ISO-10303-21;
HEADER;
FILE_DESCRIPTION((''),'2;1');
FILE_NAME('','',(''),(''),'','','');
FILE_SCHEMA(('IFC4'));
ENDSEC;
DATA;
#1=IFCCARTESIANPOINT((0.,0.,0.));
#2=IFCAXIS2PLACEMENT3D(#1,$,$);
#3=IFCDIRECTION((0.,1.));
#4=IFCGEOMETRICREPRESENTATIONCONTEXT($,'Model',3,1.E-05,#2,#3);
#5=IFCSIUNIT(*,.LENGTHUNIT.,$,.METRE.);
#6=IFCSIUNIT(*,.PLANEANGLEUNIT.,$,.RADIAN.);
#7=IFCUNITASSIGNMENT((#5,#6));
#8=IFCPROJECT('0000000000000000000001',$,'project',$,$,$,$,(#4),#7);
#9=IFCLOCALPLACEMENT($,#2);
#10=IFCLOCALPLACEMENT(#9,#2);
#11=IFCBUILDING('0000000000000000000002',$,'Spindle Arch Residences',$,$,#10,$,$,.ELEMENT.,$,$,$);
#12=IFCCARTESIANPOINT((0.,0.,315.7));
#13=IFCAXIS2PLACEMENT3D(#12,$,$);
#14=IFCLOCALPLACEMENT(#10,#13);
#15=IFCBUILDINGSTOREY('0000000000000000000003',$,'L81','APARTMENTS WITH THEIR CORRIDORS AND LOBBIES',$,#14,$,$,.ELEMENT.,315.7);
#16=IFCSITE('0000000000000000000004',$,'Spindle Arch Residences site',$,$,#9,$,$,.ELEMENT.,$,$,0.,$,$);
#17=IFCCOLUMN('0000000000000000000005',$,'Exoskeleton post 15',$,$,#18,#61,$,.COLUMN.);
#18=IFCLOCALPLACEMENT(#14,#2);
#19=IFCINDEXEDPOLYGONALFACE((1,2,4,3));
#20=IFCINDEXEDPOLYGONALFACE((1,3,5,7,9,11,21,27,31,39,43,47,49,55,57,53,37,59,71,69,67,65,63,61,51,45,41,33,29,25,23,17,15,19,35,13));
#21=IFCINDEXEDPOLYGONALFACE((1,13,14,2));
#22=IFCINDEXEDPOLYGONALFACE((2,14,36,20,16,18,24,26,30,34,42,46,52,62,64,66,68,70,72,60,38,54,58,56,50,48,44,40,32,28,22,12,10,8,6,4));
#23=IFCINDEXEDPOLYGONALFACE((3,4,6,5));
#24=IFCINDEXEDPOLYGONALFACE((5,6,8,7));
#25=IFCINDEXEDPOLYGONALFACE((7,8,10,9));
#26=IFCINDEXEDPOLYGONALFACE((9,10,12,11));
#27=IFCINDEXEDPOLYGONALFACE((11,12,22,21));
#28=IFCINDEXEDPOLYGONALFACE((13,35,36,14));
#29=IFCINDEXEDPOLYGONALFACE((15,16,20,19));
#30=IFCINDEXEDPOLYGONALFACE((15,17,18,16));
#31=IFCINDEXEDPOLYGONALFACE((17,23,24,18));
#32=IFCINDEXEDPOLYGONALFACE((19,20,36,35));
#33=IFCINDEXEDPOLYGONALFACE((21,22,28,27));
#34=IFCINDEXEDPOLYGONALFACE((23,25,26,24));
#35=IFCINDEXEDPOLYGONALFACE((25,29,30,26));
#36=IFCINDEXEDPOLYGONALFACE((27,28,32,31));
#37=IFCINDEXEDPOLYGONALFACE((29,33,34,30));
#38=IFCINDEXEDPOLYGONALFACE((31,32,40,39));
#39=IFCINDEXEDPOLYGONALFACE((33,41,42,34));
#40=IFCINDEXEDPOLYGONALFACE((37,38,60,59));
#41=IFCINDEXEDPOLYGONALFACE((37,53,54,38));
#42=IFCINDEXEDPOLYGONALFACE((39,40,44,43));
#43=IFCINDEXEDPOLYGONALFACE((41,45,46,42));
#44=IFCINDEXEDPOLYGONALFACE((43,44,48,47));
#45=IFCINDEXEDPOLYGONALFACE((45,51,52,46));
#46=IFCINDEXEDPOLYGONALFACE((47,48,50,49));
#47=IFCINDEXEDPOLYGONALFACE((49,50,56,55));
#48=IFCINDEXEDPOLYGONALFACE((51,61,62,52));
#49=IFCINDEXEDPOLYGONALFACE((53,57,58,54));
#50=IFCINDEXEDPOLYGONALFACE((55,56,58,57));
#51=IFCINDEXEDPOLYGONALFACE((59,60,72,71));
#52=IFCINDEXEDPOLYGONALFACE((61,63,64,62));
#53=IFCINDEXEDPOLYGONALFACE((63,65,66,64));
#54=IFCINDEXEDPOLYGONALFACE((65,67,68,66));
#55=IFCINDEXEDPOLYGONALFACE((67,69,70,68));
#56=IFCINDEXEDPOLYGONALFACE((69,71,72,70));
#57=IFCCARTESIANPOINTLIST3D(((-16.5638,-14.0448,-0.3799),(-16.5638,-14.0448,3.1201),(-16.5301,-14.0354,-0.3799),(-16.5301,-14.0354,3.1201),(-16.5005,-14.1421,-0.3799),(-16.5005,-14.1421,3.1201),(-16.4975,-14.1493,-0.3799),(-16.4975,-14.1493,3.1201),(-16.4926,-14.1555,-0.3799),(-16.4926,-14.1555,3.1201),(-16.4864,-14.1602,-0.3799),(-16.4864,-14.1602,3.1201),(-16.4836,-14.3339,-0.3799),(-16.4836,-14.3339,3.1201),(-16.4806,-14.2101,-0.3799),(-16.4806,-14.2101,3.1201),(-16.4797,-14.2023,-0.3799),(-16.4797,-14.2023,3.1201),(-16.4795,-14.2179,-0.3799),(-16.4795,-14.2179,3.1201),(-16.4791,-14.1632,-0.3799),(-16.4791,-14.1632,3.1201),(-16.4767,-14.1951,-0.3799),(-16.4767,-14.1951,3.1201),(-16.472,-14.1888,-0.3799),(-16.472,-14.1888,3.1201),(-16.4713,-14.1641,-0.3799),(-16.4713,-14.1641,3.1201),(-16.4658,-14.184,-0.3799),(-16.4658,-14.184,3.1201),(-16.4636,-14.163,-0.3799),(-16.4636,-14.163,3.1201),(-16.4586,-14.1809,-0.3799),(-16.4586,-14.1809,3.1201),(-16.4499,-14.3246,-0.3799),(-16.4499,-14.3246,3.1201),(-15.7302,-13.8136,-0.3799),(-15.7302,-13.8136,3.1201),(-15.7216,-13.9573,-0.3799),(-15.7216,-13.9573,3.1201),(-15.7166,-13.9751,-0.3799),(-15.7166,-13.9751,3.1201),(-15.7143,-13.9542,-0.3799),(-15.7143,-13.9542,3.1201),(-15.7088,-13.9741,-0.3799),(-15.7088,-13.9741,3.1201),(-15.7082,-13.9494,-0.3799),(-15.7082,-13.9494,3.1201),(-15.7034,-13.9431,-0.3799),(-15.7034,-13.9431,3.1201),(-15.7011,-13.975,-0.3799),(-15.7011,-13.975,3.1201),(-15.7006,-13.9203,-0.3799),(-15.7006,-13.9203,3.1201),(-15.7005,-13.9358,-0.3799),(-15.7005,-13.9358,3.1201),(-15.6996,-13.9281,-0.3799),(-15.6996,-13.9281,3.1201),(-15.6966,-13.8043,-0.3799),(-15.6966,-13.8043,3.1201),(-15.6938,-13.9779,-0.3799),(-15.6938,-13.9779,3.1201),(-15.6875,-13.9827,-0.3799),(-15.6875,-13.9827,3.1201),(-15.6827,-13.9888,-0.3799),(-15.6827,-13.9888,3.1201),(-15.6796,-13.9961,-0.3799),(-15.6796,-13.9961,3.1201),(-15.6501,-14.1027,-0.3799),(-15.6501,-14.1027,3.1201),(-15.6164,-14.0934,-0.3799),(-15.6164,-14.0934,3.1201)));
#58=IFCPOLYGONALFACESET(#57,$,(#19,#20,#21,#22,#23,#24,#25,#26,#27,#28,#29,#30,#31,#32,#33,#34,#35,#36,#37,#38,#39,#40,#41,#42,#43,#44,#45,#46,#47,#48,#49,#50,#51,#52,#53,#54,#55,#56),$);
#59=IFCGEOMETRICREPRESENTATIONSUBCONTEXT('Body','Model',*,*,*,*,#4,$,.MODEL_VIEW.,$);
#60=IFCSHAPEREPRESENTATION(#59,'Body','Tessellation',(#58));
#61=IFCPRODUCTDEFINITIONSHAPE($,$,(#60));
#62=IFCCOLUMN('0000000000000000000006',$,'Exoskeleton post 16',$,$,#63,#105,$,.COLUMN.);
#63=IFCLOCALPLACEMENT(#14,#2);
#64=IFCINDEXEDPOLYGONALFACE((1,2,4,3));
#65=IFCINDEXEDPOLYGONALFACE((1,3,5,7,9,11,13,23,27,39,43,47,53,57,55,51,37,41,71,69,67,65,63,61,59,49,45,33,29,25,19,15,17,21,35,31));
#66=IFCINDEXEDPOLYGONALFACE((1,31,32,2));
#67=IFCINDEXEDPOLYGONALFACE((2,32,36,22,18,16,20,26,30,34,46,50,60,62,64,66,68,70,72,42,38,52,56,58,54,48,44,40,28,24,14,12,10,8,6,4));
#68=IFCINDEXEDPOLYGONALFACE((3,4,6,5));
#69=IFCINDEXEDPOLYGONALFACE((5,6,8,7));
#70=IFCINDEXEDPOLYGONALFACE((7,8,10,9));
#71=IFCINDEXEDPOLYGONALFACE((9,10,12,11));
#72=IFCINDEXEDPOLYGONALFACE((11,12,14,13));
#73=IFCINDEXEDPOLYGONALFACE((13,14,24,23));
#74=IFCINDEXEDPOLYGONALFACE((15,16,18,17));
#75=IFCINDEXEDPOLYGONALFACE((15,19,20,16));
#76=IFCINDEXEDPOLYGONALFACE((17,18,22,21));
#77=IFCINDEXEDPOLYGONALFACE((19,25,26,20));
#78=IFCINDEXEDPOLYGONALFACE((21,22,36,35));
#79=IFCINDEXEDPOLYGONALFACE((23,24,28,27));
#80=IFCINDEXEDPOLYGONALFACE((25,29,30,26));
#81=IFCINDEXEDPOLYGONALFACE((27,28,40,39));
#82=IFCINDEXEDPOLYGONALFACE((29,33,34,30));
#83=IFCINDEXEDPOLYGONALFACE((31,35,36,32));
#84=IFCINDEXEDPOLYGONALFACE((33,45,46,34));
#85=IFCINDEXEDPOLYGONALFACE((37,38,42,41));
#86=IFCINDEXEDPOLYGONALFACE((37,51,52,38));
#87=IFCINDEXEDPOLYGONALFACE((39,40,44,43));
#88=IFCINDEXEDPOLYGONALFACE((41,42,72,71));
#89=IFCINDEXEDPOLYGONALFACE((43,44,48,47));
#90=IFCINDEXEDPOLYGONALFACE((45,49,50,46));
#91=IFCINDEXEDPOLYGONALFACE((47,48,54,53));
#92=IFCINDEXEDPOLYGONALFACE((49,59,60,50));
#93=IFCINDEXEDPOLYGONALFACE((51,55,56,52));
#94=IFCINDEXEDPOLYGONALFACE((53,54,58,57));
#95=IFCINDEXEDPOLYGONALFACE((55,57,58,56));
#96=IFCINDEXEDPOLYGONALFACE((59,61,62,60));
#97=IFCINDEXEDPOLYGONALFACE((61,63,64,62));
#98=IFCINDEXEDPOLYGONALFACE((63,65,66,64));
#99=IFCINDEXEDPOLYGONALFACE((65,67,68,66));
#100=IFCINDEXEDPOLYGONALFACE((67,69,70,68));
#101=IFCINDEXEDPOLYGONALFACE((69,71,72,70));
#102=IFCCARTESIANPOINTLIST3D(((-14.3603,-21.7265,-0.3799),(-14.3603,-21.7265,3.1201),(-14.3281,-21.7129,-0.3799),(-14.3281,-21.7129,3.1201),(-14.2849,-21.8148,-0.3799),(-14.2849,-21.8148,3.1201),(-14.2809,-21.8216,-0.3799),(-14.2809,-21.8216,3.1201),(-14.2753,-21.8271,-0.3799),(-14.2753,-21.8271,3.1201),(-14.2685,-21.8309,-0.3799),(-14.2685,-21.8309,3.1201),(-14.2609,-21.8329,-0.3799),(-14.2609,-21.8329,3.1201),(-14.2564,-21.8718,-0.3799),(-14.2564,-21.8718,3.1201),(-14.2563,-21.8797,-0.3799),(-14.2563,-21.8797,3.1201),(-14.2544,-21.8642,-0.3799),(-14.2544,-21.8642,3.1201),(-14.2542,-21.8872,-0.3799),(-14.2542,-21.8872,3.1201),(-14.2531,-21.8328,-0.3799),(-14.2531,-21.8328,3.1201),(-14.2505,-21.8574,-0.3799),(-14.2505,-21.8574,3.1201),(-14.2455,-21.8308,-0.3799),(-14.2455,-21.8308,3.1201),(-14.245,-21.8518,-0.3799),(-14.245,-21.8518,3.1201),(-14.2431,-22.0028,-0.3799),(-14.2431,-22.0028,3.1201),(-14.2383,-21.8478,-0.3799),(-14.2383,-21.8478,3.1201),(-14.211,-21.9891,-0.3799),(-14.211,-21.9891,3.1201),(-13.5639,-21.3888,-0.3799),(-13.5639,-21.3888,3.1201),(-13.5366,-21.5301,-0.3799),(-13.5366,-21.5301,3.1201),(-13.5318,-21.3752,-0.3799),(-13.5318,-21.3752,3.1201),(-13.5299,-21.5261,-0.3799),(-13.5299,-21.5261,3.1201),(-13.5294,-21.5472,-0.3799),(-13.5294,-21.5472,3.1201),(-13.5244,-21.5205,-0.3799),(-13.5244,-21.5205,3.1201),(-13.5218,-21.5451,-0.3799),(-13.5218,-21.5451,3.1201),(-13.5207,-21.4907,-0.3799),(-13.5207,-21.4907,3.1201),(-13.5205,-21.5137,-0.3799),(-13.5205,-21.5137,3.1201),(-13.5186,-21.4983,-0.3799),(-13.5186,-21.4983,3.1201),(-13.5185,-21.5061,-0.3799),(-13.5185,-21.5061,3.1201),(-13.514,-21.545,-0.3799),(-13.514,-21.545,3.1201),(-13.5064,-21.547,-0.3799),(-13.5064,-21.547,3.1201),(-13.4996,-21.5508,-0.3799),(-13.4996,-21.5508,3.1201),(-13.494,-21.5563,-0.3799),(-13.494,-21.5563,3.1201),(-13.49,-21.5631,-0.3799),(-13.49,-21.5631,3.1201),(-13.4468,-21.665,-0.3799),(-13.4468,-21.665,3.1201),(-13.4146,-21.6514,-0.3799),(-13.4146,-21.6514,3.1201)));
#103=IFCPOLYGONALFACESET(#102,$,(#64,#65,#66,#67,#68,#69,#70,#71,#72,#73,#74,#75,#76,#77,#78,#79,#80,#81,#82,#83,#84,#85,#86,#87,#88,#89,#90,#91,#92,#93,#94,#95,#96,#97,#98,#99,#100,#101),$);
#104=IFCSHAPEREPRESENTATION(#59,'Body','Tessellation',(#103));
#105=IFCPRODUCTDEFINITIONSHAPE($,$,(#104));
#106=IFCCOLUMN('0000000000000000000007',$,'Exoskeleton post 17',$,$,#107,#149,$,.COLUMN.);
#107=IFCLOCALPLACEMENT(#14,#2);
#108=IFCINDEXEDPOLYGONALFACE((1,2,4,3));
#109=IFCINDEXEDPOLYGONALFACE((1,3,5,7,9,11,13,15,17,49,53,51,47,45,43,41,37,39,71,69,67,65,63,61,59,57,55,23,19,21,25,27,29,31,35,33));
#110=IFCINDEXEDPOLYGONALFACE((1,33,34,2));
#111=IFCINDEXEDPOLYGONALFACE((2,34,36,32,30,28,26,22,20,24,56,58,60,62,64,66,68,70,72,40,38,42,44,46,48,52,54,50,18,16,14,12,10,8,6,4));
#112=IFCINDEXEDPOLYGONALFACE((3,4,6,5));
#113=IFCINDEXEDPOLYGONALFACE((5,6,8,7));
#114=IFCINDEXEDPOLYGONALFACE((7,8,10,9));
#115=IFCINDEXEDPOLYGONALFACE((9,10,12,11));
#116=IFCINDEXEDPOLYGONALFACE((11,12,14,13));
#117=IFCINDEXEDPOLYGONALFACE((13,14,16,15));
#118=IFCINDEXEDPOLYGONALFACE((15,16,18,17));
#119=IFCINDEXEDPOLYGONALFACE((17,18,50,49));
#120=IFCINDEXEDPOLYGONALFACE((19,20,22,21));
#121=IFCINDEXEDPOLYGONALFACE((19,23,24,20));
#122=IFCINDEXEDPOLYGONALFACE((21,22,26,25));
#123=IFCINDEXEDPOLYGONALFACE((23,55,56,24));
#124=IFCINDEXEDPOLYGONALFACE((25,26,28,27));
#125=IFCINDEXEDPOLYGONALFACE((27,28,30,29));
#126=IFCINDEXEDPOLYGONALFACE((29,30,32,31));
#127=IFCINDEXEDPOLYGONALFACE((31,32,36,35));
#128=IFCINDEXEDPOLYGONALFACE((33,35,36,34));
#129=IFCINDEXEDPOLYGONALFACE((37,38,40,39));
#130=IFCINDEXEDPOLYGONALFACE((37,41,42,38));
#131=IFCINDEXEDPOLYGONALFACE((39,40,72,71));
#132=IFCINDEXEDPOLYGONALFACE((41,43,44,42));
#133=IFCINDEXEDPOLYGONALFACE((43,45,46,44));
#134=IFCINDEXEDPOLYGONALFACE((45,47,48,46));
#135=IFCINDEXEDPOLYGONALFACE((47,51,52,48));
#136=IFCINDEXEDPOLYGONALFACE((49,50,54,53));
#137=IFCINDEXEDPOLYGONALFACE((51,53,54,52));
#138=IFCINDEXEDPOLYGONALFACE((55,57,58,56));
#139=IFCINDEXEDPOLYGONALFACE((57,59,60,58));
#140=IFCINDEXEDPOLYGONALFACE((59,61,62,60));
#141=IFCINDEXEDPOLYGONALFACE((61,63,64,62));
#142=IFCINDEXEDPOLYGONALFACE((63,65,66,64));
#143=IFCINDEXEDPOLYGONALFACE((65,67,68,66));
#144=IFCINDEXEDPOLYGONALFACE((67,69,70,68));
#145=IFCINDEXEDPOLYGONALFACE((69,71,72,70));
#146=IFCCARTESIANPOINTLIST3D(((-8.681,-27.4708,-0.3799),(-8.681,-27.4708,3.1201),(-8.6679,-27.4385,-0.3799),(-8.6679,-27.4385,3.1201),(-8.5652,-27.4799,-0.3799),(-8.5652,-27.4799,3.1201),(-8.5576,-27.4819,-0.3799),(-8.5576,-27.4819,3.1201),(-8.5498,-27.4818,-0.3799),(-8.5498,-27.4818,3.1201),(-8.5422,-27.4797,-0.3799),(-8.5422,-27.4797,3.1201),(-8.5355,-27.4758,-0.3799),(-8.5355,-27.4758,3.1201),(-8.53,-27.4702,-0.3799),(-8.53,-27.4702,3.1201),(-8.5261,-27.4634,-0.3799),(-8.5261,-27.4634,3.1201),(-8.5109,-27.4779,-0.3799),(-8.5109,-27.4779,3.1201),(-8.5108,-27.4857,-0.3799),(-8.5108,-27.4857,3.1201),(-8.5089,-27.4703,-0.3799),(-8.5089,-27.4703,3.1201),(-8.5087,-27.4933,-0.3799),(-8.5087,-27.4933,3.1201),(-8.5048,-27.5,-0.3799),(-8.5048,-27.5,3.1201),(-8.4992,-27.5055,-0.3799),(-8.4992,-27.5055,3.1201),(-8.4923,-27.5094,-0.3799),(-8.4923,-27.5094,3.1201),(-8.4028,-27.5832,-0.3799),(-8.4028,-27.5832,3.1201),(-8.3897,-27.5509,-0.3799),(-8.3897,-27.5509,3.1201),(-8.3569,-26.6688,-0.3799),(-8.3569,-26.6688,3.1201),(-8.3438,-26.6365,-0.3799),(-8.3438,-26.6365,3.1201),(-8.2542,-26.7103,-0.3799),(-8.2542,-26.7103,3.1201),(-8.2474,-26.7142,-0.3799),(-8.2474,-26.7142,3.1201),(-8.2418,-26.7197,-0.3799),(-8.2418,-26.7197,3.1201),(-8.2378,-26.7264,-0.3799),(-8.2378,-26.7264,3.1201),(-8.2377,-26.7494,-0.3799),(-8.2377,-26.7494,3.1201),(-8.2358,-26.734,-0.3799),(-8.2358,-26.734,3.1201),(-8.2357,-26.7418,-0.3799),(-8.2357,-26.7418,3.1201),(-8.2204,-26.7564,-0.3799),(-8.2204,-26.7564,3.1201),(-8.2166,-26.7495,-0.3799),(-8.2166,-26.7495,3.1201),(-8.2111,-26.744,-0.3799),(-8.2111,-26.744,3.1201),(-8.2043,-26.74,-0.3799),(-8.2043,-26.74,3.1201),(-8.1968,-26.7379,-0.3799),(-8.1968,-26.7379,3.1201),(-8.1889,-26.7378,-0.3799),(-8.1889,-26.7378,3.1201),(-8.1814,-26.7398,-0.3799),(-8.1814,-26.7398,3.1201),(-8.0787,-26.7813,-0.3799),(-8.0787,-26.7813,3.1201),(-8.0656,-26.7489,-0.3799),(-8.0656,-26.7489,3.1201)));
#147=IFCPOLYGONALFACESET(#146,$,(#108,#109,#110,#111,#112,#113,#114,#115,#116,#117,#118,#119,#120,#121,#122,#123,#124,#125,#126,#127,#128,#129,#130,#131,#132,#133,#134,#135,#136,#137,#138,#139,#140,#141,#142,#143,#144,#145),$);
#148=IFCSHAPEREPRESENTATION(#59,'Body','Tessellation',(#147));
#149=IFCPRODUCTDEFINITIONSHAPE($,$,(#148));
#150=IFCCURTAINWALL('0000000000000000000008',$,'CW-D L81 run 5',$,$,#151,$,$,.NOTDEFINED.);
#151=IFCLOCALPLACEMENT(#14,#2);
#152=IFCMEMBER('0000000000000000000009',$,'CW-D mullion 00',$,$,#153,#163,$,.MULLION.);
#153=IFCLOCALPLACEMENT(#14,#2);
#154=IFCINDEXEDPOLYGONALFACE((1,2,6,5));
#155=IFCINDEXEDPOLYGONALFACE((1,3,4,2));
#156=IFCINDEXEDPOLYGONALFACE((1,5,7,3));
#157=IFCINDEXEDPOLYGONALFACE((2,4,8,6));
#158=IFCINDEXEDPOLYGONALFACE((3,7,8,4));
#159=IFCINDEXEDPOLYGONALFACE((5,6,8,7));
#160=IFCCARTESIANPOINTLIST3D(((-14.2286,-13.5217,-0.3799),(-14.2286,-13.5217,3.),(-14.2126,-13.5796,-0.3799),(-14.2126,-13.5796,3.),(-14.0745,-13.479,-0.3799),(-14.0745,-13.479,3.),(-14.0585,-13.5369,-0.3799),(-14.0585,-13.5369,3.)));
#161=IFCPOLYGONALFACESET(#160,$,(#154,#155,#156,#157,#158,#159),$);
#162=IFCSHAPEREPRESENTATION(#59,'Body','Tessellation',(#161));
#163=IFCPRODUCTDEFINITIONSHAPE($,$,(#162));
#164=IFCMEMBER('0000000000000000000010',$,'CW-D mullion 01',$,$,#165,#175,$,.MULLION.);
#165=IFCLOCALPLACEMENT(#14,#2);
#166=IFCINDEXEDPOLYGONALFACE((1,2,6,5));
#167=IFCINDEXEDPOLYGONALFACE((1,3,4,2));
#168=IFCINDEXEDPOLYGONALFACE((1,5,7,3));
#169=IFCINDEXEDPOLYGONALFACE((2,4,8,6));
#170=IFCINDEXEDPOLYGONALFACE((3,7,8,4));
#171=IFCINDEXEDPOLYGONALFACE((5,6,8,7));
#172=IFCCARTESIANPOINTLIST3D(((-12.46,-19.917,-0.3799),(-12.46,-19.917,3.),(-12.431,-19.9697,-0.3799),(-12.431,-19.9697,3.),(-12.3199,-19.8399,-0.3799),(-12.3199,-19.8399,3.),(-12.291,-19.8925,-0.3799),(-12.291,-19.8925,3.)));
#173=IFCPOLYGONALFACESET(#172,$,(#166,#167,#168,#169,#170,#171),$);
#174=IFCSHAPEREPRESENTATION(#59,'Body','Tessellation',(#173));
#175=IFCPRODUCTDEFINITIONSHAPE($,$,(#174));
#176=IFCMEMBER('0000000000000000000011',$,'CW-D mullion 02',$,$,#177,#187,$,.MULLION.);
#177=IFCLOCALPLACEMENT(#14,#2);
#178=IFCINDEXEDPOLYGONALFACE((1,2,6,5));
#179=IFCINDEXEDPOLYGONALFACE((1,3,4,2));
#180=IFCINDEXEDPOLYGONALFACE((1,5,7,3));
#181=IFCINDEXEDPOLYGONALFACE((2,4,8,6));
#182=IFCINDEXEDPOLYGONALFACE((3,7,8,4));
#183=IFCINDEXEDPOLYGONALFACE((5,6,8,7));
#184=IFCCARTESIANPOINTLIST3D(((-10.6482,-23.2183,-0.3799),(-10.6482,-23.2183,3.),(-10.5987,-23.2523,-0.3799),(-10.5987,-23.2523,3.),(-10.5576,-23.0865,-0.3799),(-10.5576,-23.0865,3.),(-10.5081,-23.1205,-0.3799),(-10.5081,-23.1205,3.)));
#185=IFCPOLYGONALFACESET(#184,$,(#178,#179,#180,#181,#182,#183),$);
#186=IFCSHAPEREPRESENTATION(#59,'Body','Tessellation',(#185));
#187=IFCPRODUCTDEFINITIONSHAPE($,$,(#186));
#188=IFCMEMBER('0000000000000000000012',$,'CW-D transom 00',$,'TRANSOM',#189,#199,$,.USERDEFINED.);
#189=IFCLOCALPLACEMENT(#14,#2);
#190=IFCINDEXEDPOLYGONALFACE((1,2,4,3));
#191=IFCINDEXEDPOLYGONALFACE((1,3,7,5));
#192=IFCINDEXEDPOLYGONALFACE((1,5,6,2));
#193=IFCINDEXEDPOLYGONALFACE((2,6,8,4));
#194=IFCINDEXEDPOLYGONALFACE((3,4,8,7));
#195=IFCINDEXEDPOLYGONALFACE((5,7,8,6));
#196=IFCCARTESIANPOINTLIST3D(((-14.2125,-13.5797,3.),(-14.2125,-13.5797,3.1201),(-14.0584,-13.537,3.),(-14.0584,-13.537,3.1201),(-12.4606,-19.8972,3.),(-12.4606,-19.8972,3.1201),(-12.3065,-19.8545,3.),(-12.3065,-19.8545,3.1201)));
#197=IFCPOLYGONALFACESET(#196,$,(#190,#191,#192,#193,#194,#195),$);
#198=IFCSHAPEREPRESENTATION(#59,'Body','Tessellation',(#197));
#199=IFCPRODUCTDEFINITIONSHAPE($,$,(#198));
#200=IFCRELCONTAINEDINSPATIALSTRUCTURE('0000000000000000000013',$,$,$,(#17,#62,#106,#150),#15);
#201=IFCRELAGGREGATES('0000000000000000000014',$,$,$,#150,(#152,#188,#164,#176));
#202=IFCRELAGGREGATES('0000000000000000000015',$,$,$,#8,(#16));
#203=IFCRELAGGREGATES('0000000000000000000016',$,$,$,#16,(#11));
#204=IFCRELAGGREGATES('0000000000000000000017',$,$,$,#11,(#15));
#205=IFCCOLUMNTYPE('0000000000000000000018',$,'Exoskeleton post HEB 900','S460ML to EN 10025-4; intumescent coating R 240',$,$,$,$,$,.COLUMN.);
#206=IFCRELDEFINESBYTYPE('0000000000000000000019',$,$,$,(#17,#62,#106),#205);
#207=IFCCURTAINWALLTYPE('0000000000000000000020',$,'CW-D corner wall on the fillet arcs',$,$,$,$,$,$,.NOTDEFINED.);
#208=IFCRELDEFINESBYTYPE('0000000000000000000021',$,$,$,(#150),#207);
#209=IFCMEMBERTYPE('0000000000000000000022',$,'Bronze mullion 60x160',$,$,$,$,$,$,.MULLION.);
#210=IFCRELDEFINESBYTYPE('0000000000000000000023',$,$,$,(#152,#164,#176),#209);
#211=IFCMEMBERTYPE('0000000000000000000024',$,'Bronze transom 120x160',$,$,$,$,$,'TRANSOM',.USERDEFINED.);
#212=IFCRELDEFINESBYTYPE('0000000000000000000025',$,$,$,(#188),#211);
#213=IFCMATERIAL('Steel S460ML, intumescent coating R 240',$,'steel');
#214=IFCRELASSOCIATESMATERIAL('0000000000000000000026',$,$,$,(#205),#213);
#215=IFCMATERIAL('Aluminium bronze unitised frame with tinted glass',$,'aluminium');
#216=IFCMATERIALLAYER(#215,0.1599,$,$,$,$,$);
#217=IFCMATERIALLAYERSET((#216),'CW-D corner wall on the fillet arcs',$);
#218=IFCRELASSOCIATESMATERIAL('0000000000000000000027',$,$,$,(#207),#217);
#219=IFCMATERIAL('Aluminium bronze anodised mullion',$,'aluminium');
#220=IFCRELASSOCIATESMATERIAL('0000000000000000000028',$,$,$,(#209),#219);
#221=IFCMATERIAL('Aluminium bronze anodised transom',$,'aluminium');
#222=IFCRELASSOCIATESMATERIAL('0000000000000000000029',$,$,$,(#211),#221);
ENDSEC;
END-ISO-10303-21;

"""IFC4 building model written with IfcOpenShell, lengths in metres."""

from ifc_helpers import new_model, si_unit, direction, frame, origin, origin_2d, place, context, subcontext, project, spatial, rectangle, i_section, extrude, material, layer, layer_set, material_profile, profile_set, type_object, element, aggregate, save


model = new_model("IFC4")

# Units and contexts
model_context = context("Model", 3, precision=1e-05, world=origin(), true_north=direction((0.0, 1.0)))
body_context = subcontext(model_context, "Body", "Model", "MODEL_VIEW")
ifc_project = project(units=[si_unit("LENGTHUNIT", "METRE"), si_unit("PLANEANGLEUNIT", "RADIAN")], contexts=[model_context])

# Site, building, storey
site_placement = place(None, origin())
site = spatial("IfcSite", under=ifc_project, at=site_placement, Name="Spindle Arch Residences site", CompositionType="ELEMENT", RefElevation=0.0)
building_placement = place(site_placement, origin())
building = spatial("IfcBuilding", under=site, at=building_placement, Name="Spindle Arch Residences", CompositionType="ELEMENT")
storey_placement = place(building_placement, frame((0.0, 0.0, 315.7)))
storey = spatial("IfcBuildingStorey", under=building, at=storey_placement, Name="L81", Description="APARTMENTS WITH THEIR CORRIDORS AND LOBBIES", CompositionType="ELEMENT", Elevation=315.7)

# Columns
ifc_material_1 = material(Name="Steel S460ML, intumescent coating R 240", Category="steel")
ifc_material_profile_1 = material_profile(ifc_material_1, i_section(OverallWidth=0.3, OverallDepth=0.8999, WebThickness=0.0186, FlangeThickness=0.0349, FilletRadius=0.03, at=origin_2d()), Name="HEB 900")
ifc_profile_set_1 = profile_set([ifc_material_profile_1], Name="Steel S460ML, intumescent coating R 240")
column_type = type_object("IfcColumnType", Name="Exoskeleton post HEB 900", Description="S460ML to EN 10025-4; intumescent coating R 240", PredefinedType="COLUMN", material=ifc_profile_set_1)
for number, where, z_axis, x_axis, name in (
    (1, (-16.0901, -14.0691, -0.3799), (0.0, 0.0, 1.0), (-0.267238, 0.963631, 0.0), "Exoskeleton post 15"),
    (2, (-13.8875, -21.689, -0.3799), (0.0, 0.0, 1.0), (-0.390458, 0.920621, 0.0), "Exoskeleton post 16"),
    (3, (-8.3733, -27.1099, -0.3799), (0.0, 0.0, 1.0), (-0.927168, 0.374646, 0.0), "Exoskeleton post 17"),
):
    element("IfcColumn", number, at=place(storey_placement, frame(where, z_axis=z_axis, x_axis=x_axis)), inside=storey, type_object=column_type, Name=name, PredefinedType="COLUMN", context=body_context, shape_type="SweptSolid", body=[
        extrude(i_section(OverallWidth=0.3, OverallDepth=0.8999, WebThickness=0.0186, FlangeThickness=0.0349, FilletRadius=0.03, at=origin_2d()), origin(), (0.0, 0.0, 1.0), 3.5),
    ])

# Curtain wall, members
ifc_material_2 = material(Name="Aluminium bronze unitised frame with tinted glass", Category="aluminium")
ifc_layer_1 = layer(ifc_material_2, 0.1599)
ifc_layer_set_1 = layer_set([ifc_layer_1], Name="CW-D corner wall on the fillet arcs")
curtain_wall_type = type_object("IfcCurtainWallType", Name="CW-D corner wall on the fillet arcs", PredefinedType="NOTDEFINED", material=ifc_layer_set_1)
curtain_wall_placement = place(storey_placement, origin())
curtain_wall = element("IfcCurtainWall", 4, at=curtain_wall_placement, inside=storey, type_object=curtain_wall_type, Name="CW-D L81 run 5", PredefinedType="NOTDEFINED")
ifc_material_3 = material(Name="Aluminium bronze anodised mullion", Category="aluminium")
ifc_material_profile_2 = material_profile(ifc_material_3, rectangle(XDim=0.1599, YDim=0.0601, at=origin_2d()), Name="MU 60x160")
ifc_profile_set_2 = profile_set([ifc_material_profile_2], Name="Aluminium bronze anodised mullion")
member_type_1 = type_object("IfcMemberType", Name="Bronze mullion 60x160", PredefinedType="MULLION", material=ifc_profile_set_2)
member_1_placement = place(storey_placement, frame((-14.1436, -13.5293, -0.3799), z_axis=(0.0, 0.0, 1.0), x_axis=(0.96363, 0.267238, 0.0)))
member_1 = element("IfcMember", 5, at=member_1_placement, type_object=member_type_1, Name="CW-D mullion 00", PredefinedType="MULLION", context=body_context, shape_type="SweptSolid", body=[
    extrude(rectangle(XDim=0.1599, YDim=0.0601, at=origin_2d()), origin(), (0.0, 0.0, 1.0), 3.3799),
])
member_2_placement = place(storey_placement, frame((-12.3755, -19.9048, -0.3799), z_axis=(0.0, 0.0, 1.0), x_axis=(0.876026, 0.482263, 0.0)))
member_2 = element("IfcMember", 6, at=member_2_placement, type_object=member_type_1, Name="CW-D mullion 01", PredefinedType="MULLION", context=body_context, shape_type="SweptSolid", body=[
    extrude(rectangle(XDim=0.1599, YDim=0.0601, at=origin_2d()), origin(), (0.0, 0.0, 1.0), 3.3799),
])
member_3_placement = place(storey_placement, frame((-10.5781, -23.1694, -0.3799), z_axis=(0.0, 0.0, 1.0), x_axis=(0.566406, 0.824126, 0.0)))
member_3 = element("IfcMember", 7, at=member_3_placement, type_object=member_type_1, Name="CW-D mullion 02", PredefinedType="MULLION", context=body_context, shape_type="SweptSolid", body=[
    extrude(rectangle(XDim=0.1599, YDim=0.0601, at=origin_2d()), origin(), (0.0, 0.0, 1.0), 3.3799),
])
ifc_material_4 = material(Name="Aluminium bronze anodised transom", Category="aluminium")
ifc_material_profile_3 = material_profile(ifc_material_4, rectangle(XDim=0.1599, YDim=0.1201, at=origin_2d()), Name="TR 120x160")
ifc_profile_set_3 = profile_set([ifc_material_profile_3], Name="Aluminium bronze anodised transom")
member_type_2 = type_object("IfcMemberType", Name="Bronze transom 120x160", ElementType="TRANSOM", PredefinedType="USERDEFINED", material=ifc_profile_set_3)
member_4_placement = place(storey_placement, frame((-14.1355, -13.5583, 3.0601), z_axis=(0.267237, -0.963631, 0.0), x_axis=(0.963631, 0.267237, 0.0)))
member_4 = element("IfcMember", 8, at=member_4_placement, type_object=member_type_2, Name="CW-D transom 00", ObjectType="TRANSOM", PredefinedType="USERDEFINED", context=body_context, shape_type="SweptSolid", body=[
    extrude(rectangle(XDim=0.1599, YDim=0.1201, at=origin_2d()), origin(), (0.0, 0.0, 1.0), 6.5559),
])

aggregate(curtain_wall, [member_1, member_4, member_2, member_3])

save(model, "model.ifc")
